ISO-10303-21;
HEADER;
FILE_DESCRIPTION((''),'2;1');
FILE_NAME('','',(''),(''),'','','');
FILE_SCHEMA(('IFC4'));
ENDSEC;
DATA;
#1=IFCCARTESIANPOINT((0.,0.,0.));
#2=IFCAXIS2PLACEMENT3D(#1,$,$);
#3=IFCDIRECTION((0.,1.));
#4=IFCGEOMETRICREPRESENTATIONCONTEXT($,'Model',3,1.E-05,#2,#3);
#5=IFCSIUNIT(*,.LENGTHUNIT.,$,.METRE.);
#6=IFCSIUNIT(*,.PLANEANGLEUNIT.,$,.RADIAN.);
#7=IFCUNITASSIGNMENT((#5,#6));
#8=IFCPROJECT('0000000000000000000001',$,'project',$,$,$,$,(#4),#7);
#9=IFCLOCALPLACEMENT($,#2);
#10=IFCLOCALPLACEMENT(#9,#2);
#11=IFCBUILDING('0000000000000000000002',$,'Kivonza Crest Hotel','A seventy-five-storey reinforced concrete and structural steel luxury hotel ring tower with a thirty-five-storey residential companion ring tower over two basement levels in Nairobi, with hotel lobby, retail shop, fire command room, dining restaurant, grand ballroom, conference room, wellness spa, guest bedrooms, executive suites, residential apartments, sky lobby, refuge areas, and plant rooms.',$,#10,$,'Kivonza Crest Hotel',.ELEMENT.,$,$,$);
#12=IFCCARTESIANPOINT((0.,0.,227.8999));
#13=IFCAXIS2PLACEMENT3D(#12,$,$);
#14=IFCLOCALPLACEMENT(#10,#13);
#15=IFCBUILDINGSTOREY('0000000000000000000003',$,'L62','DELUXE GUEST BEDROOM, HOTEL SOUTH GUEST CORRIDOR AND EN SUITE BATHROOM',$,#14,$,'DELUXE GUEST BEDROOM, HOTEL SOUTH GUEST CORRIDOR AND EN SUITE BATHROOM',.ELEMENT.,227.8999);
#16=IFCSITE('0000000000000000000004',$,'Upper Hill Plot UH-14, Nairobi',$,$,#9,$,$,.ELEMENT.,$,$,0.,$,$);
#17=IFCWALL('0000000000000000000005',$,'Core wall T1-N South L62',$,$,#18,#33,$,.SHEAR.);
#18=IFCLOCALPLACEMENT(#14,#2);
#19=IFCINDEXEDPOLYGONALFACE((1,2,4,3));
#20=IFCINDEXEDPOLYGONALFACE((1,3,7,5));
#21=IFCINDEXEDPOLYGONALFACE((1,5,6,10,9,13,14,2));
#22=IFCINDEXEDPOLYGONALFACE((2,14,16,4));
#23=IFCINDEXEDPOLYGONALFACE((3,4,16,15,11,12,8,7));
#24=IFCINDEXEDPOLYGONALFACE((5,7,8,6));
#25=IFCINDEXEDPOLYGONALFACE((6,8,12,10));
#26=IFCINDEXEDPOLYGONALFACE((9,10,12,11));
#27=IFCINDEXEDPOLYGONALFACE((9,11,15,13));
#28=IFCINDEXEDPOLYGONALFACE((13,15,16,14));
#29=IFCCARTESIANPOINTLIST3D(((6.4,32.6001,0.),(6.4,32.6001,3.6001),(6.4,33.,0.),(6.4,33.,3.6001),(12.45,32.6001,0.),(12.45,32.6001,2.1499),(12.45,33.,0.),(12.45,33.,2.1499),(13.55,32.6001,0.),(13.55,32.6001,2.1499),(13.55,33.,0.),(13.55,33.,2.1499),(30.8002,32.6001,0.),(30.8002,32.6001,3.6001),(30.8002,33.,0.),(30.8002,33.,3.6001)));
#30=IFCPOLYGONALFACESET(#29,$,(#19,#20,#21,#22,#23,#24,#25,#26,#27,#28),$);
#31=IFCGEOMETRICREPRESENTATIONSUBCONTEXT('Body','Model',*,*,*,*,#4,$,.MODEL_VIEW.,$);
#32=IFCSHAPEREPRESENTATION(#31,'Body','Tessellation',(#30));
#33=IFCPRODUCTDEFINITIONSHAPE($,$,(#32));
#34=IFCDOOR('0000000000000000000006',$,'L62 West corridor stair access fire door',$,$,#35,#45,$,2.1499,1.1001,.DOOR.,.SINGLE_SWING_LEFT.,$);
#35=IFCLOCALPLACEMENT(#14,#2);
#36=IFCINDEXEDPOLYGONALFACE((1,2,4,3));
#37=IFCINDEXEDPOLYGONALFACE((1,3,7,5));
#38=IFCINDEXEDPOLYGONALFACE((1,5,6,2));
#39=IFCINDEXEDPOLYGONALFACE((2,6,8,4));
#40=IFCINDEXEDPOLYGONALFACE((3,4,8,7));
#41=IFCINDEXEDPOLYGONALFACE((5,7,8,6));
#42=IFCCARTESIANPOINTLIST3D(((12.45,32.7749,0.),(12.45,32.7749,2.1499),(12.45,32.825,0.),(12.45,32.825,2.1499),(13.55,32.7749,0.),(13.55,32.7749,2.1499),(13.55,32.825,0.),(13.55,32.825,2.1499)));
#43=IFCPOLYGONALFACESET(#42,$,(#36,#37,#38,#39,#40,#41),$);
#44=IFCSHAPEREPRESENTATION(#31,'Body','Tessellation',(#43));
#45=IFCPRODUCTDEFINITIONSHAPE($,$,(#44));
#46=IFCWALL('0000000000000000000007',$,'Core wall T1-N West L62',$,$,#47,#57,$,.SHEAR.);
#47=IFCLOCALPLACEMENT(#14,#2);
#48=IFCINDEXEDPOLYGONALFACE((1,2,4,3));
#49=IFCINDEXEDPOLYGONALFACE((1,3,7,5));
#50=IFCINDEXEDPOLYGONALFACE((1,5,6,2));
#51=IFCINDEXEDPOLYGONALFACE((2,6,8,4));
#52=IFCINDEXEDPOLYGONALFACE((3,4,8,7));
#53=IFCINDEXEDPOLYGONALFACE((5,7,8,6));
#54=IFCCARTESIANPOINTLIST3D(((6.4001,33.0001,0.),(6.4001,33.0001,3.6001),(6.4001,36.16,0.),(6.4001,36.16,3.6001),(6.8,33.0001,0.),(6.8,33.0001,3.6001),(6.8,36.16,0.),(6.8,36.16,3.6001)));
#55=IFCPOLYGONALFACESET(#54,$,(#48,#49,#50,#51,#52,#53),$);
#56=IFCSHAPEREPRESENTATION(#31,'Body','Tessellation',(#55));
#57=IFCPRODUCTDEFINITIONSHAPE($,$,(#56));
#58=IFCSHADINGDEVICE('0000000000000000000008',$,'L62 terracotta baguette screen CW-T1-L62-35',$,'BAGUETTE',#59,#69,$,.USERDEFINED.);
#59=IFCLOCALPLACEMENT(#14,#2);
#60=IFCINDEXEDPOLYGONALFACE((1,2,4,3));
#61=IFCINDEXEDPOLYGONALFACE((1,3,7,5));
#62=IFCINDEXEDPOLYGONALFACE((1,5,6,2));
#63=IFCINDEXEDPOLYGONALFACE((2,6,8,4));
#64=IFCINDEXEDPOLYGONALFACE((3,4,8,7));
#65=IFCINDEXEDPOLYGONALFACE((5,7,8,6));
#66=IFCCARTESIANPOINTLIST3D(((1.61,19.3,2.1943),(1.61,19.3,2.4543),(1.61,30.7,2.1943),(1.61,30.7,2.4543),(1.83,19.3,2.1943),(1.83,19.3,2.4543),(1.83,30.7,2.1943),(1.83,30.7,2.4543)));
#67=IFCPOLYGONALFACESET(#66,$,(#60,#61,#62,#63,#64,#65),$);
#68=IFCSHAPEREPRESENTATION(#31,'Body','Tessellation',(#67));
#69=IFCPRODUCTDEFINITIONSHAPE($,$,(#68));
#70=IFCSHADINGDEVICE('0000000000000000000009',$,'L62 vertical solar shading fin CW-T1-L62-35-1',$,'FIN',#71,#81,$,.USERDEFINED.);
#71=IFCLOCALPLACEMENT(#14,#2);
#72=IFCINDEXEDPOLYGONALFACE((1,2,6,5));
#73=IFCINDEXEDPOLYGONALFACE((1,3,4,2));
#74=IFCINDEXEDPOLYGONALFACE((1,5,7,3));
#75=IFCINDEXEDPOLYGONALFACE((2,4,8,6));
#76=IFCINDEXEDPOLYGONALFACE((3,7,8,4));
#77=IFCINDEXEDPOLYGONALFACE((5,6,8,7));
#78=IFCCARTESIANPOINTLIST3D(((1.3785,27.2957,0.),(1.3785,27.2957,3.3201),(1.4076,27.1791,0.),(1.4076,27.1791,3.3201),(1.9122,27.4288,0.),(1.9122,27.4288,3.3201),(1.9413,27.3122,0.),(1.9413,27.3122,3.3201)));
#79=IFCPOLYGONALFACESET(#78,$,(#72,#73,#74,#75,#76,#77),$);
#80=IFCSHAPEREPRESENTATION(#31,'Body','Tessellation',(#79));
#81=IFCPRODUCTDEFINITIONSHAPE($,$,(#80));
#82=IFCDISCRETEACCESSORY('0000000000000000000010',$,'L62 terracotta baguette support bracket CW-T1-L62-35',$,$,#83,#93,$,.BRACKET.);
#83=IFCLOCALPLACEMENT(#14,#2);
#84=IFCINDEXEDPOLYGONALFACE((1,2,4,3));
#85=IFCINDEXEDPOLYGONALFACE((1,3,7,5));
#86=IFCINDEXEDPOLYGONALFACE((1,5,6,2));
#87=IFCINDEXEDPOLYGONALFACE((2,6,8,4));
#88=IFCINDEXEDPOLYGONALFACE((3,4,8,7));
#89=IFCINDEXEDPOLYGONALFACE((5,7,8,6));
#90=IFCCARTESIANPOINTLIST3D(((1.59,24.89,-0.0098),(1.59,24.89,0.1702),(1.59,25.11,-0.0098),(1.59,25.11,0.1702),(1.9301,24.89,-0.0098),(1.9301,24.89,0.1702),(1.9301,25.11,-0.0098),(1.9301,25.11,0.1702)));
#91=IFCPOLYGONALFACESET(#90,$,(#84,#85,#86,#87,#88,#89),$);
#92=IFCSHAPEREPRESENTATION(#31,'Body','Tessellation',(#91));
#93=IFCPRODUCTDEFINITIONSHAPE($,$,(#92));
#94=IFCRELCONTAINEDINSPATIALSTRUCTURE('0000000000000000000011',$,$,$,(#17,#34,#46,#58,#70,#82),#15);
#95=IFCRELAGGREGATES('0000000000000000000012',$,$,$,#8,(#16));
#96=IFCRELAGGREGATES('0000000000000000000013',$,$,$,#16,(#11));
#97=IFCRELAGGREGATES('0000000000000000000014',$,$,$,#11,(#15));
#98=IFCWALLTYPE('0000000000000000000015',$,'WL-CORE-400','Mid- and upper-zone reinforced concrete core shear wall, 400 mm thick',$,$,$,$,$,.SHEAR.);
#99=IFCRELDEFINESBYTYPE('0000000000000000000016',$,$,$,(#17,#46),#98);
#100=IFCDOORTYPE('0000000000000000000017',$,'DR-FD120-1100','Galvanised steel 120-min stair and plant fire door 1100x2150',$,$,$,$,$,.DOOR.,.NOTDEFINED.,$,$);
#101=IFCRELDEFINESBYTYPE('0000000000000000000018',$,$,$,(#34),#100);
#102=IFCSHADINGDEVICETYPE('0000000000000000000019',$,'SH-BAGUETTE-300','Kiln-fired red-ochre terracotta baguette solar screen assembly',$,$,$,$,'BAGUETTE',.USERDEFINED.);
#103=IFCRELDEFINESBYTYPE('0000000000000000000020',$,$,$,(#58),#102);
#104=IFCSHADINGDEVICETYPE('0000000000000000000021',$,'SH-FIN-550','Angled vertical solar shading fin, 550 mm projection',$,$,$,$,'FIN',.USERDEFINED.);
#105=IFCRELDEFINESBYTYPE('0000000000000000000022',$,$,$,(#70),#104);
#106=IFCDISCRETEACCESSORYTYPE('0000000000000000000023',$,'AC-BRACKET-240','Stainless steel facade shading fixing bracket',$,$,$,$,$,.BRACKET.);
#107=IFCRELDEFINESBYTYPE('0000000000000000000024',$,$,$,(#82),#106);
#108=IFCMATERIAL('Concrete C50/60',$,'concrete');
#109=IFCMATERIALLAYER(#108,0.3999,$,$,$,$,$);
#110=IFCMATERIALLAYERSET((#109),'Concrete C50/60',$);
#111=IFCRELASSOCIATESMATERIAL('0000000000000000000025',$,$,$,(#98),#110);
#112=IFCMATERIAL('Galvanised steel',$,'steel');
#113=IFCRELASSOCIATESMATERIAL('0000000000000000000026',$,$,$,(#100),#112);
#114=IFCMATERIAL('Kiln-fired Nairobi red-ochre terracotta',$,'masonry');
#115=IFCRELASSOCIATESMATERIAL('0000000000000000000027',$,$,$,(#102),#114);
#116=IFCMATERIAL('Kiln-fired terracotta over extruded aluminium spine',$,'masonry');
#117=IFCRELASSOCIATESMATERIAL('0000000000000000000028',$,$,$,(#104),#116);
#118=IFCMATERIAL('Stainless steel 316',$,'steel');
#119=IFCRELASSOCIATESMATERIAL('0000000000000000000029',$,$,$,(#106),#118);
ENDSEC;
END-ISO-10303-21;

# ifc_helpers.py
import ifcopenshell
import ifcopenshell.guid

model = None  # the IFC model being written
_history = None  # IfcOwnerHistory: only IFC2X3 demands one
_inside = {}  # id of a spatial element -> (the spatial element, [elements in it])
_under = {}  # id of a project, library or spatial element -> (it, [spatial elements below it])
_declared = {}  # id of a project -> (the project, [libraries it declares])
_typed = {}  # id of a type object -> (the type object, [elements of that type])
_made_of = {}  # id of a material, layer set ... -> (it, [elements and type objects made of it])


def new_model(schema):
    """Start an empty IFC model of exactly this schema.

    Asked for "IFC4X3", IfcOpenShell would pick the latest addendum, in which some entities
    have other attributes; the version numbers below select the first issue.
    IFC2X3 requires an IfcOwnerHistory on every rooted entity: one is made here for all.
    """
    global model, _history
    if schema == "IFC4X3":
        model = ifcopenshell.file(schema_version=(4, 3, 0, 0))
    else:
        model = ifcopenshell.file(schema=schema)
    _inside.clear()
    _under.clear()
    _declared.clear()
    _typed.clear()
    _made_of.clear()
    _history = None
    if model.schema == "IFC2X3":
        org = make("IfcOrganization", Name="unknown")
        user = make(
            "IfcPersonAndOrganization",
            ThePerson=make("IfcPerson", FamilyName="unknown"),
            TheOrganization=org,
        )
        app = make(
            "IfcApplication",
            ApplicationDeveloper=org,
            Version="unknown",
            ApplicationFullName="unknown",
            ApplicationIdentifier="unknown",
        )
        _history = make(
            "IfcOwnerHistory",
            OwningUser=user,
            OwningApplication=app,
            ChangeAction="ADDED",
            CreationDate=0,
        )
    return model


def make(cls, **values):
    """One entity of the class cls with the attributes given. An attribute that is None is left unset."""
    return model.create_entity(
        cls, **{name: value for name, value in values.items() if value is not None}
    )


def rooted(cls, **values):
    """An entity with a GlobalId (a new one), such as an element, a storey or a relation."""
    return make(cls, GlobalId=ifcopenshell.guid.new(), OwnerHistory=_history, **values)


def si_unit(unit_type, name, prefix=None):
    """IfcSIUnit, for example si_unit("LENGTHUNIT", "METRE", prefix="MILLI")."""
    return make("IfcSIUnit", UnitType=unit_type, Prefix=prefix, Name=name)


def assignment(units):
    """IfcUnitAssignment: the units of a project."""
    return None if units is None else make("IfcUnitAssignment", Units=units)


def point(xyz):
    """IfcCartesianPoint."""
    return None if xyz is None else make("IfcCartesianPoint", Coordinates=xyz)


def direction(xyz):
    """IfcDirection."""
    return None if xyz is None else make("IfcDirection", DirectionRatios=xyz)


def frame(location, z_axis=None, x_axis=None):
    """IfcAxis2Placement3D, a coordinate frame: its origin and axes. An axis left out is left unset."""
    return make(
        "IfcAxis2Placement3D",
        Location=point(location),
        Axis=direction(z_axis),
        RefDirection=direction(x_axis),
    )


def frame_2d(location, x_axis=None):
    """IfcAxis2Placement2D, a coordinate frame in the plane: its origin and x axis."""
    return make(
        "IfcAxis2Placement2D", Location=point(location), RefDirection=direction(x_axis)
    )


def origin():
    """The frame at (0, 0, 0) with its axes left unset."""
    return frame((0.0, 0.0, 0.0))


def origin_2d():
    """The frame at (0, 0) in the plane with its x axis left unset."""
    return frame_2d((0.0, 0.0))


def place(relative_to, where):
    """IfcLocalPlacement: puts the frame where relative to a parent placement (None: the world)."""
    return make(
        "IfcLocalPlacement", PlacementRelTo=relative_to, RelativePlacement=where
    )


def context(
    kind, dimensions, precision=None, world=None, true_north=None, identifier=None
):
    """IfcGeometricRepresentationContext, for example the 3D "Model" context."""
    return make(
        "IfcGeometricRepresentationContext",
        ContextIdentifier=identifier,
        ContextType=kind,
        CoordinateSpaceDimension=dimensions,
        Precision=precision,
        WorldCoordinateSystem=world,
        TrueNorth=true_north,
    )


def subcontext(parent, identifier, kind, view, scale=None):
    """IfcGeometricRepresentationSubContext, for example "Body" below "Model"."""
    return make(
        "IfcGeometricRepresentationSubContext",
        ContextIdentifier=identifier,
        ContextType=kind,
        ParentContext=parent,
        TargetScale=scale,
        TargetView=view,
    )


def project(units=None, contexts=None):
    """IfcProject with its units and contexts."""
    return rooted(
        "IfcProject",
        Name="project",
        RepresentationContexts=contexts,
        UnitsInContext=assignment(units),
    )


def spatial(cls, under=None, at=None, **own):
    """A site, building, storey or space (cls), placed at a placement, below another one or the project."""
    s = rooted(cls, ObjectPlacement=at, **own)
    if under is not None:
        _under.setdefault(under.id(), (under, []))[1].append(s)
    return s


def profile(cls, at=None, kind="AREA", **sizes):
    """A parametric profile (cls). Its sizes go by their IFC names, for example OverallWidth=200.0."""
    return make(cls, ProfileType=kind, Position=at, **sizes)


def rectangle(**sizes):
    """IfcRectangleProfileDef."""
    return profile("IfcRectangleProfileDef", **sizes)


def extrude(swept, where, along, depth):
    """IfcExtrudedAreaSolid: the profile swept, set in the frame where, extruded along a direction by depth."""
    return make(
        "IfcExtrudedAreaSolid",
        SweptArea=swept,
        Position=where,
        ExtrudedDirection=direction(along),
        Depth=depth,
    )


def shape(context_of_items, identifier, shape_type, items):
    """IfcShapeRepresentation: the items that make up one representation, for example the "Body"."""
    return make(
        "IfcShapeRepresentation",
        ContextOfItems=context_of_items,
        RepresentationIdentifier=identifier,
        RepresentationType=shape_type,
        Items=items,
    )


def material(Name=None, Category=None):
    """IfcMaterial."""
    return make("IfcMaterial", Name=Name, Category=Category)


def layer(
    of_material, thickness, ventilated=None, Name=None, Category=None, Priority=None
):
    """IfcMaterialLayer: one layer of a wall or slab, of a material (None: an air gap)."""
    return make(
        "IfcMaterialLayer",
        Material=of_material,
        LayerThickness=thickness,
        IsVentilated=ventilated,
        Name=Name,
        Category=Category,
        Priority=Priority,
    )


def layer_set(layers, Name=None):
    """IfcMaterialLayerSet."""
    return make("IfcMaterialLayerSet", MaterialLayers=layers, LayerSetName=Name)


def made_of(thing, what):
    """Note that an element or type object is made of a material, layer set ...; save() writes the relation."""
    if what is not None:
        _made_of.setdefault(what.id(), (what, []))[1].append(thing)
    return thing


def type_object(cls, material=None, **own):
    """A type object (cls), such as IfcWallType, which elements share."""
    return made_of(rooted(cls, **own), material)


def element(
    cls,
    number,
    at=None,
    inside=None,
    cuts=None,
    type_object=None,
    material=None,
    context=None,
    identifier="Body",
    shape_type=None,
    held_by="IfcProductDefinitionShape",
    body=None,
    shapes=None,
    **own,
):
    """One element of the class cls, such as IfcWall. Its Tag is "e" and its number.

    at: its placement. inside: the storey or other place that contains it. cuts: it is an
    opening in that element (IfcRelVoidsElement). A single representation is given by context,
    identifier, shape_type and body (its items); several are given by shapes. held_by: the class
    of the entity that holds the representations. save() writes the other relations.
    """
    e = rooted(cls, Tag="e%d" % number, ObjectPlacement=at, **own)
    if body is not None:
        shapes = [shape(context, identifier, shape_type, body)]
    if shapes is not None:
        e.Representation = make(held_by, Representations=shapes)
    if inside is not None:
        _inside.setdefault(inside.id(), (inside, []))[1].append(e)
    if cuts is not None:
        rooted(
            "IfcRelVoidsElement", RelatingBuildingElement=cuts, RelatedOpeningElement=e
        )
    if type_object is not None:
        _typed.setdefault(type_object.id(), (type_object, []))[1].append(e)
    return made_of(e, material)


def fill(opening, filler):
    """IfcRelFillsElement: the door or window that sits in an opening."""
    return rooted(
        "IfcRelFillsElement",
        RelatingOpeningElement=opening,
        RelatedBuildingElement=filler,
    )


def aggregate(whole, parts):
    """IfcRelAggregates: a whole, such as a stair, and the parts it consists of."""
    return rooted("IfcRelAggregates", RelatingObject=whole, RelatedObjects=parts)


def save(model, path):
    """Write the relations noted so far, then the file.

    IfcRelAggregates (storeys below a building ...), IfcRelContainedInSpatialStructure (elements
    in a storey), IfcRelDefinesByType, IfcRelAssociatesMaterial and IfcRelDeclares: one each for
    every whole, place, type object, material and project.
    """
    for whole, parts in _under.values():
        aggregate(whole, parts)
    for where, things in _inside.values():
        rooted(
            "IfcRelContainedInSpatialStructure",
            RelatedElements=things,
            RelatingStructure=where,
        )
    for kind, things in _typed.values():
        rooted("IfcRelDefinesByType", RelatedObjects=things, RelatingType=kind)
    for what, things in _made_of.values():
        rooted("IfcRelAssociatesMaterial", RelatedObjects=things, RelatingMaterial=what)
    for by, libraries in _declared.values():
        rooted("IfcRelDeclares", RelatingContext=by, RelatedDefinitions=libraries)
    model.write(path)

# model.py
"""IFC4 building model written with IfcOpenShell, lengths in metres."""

from ifc_helpers import new_model, si_unit, direction, frame, frame_2d, origin, origin_2d, place, context, subcontext, project, spatial, rectangle, extrude, material, layer, layer_set, type_object, element, fill, save


model = new_model("IFC4")

# Units and contexts
model_context = context("Model", 3, precision=1e-05, world=origin(), true_north=direction((0.0, 1.0)))
body_context = subcontext(model_context, "Body", "Model", "MODEL_VIEW")
ifc_project = project(units=[si_unit("LENGTHUNIT", "METRE"), si_unit("PLANEANGLEUNIT", "RADIAN")], contexts=[model_context])

# Site, building, storey
site_placement = place(None, origin())
site = spatial("IfcSite", under=ifc_project, at=site_placement, Name="Upper Hill Plot UH-14, Nairobi", CompositionType="ELEMENT", RefElevation=0.0)
building_placement = place(site_placement, origin())
building = spatial("IfcBuilding", under=site, at=building_placement, Name="Kivonza Crest Hotel", Description="A seventy-five-storey reinforced concrete and structural steel luxury hotel ring tower with a thirty-five-storey residential companion ring tower over two basement levels in Nairobi, with hotel lobby, retail shop, fire command room, dining restaurant, grand ballroom, conference room, wellness spa, guest bedrooms, executive suites, residential apartments, sky lobby, refuge areas, and plant rooms.", LongName="Kivonza Crest Hotel", CompositionType="ELEMENT")
storey_placement = place(building_placement, frame((0.0, 0.0, 227.8999)))
storey = spatial("IfcBuildingStorey", under=building, at=storey_placement, Name="L62", Description="DELUXE GUEST BEDROOM, HOTEL SOUTH GUEST CORRIDOR AND EN SUITE BATHROOM", LongName="DELUXE GUEST BEDROOM, HOTEL SOUTH GUEST CORRIDOR AND EN SUITE BATHROOM", CompositionType="ELEMENT", Elevation=227.8999)

# Shared definitions
ifc_material_1 = material(Name="Concrete C50/60", Category="concrete")

# Wall, opening, door
ifc_layer_1 = layer(ifc_material_1, 0.3999)
ifc_layer_set_1 = layer_set([ifc_layer_1], Name="Concrete C50/60")
wall_type_1 = type_object("IfcWallType", Name="WL-CORE-400", Description="Mid- and upper-zone reinforced concrete core shear wall, 400 mm thick", PredefinedType="SHEAR", material=ifc_layer_set_1)
wall_1_placement = place(storey_placement, frame((6.3999, 32.8, 0.0), z_axis=(0.0, 0.0, 1.0), x_axis=(1.0, 0.0, 0.0)))
wall_1 = element("IfcWall", 1, at=wall_1_placement, inside=storey, type_object=wall_type_1, Name="Core wall T1-N South L62", PredefinedType="SHEAR", context=body_context, shape_type="SweptSolid", body=[
    extrude(rectangle(XDim=24.4001, YDim=0.3999, at=frame_2d((12.2002, 0.0))), origin(), (0.0, 0.0, 1.0), 3.6001),
])
opening_placement = place(wall_1_placement, frame((6.05, 0.0, 0.0)))
opening = element("IfcOpeningElement", 2, at=opening_placement, cuts=wall_1, PredefinedType="OPENING", context=body_context, shape_type="SweptSolid", body=[
    extrude(rectangle(XDim=1.1001, YDim=2.1499, at=frame_2d((0.55, 1.075))), frame((0.0, 0.21, 0.0), z_axis=(0.0, -1.0, 0.0), x_axis=(1.0, 0.0, 0.0)), (0.0, 0.0, 1.0), 0.4199),
])
ifc_material_2 = material(Name="Galvanised steel", Category="steel")
door_type = type_object("IfcDoorType", Name="DR-FD120-1100", Description="Galvanised steel 120-min stair and plant fire door 1100x2150", OperationType="NOTDEFINED", PredefinedType="DOOR", material=ifc_material_2)
door_placement = place(opening_placement, origin())
door = element("IfcDoor", 3, at=door_placement, inside=storey, type_object=door_type, Name="L62 West corridor stair access fire door", OperationType="SINGLE_SWING_LEFT", OverallHeight=2.1499, OverallWidth=1.1001, PredefinedType="DOOR", context=body_context, shape_type="SweptSolid", body=[
    extrude(rectangle(XDim=1.1001, YDim=2.1499, at=frame_2d((0.55, 1.075))), frame((0.0, 0.0249, 0.0), z_axis=(0.0, -1.0, 0.0), x_axis=(1.0, 0.0, 0.0)), (0.0, 0.0, 1.0), 0.05),
])
fill(opening, door)

# Wall
wall_2_placement = place(storey_placement, frame((6.6001, 33.0, 0.0), z_axis=(0.0, 0.0, 1.0), x_axis=(0.0, 1.0, 0.0)))
element("IfcWall", 4, at=wall_2_placement, inside=storey, type_object=wall_type_1, Name="Core wall T1-N West L62", PredefinedType="SHEAR", context=body_context, shape_type="SweptSolid", body=[
    extrude(rectangle(XDim=3.1599, YDim=0.3999, at=frame_2d((1.5801, 0.0))), origin(), (0.0, 0.0, 1.0), 3.6001),
])

# Shading devices
ifc_material_3 = material(Name="Kiln-fired Nairobi red-ochre terracotta", Category="masonry")
shading_device_type_1 = type_object("IfcShadingDeviceType", Name="SH-BAGUETTE-300", Description="Kiln-fired red-ochre terracotta baguette solar screen assembly", ElementType="BAGUETTE", PredefinedType="USERDEFINED", material=ifc_material_3)
shading_device_1_placement = place(storey_placement, frame((1.72, 25.0, 2.1943), z_axis=(0.0, 0.0, 1.0), x_axis=(0.0, -1.0, 0.0)))
element("IfcShadingDevice", 5, at=shading_device_1_placement, inside=storey, type_object=shading_device_type_1, Name="L62 terracotta baguette screen CW-T1-L62-35", ObjectType="BAGUETTE", PredefinedType="USERDEFINED", context=body_context, shape_type="SweptSolid", body=[
    extrude(rectangle(XDim=11.3999, YDim=0.22, at=origin_2d()), origin(), (0.0, 0.0, 1.0), 0.26),
])
ifc_material_4 = material(Name="Kiln-fired terracotta over extruded aluminium spine", Category="masonry")
shading_device_type_2 = type_object("IfcShadingDeviceType", Name="SH-FIN-550", Description="Angled vertical solar shading fin, 550 mm projection", ElementType="FIN", PredefinedType="USERDEFINED", material=ifc_material_4)
shading_device_2_placement = place(storey_placement, frame((1.6599, 27.304, 0.0), z_axis=(0.0, 0.0, 1.0), x_axis=(0.241922, -0.970296, 0.0)))
element("IfcShadingDevice", 6, at=shading_device_2_placement, inside=storey, type_object=shading_device_type_2, Name="L62 vertical solar shading fin CW-T1-L62-35-1", ObjectType="FIN", PredefinedType="USERDEFINED", context=body_context, shape_type="SweptSolid", body=[
    extrude(rectangle(XDim=0.1201, YDim=0.55, at=origin_2d()), origin(), (0.0, 0.0, 1.0), 3.3201),
])

# Discrete accessory
ifc_material_5 = material(Name="Stainless steel 316", Category="steel")
discrete_accessory_type = type_object("IfcDiscreteAccessoryType", Name="AC-BRACKET-240", Description="Stainless steel facade shading fixing bracket", PredefinedType="BRACKET", material=ifc_material_5)
discrete_accessory_placement = place(storey_placement, frame((1.76, 25.0, -0.0098), z_axis=(0.0, 0.0, 1.0), x_axis=(0.0, -1.0, 0.0)))
element("IfcDiscreteAccessory", 7, at=discrete_accessory_placement, inside=storey, type_object=discrete_accessory_type, Name="L62 terracotta baguette support bracket CW-T1-L62-35", PredefinedType="BRACKET", context=body_context, shape_type="SweptSolid", body=[
    extrude(rectangle(XDim=0.22, YDim=0.3401, at=origin_2d()), origin(), (0.0, 0.0, 1.0), 0.1799),
])

save(model, "model.ifc")
